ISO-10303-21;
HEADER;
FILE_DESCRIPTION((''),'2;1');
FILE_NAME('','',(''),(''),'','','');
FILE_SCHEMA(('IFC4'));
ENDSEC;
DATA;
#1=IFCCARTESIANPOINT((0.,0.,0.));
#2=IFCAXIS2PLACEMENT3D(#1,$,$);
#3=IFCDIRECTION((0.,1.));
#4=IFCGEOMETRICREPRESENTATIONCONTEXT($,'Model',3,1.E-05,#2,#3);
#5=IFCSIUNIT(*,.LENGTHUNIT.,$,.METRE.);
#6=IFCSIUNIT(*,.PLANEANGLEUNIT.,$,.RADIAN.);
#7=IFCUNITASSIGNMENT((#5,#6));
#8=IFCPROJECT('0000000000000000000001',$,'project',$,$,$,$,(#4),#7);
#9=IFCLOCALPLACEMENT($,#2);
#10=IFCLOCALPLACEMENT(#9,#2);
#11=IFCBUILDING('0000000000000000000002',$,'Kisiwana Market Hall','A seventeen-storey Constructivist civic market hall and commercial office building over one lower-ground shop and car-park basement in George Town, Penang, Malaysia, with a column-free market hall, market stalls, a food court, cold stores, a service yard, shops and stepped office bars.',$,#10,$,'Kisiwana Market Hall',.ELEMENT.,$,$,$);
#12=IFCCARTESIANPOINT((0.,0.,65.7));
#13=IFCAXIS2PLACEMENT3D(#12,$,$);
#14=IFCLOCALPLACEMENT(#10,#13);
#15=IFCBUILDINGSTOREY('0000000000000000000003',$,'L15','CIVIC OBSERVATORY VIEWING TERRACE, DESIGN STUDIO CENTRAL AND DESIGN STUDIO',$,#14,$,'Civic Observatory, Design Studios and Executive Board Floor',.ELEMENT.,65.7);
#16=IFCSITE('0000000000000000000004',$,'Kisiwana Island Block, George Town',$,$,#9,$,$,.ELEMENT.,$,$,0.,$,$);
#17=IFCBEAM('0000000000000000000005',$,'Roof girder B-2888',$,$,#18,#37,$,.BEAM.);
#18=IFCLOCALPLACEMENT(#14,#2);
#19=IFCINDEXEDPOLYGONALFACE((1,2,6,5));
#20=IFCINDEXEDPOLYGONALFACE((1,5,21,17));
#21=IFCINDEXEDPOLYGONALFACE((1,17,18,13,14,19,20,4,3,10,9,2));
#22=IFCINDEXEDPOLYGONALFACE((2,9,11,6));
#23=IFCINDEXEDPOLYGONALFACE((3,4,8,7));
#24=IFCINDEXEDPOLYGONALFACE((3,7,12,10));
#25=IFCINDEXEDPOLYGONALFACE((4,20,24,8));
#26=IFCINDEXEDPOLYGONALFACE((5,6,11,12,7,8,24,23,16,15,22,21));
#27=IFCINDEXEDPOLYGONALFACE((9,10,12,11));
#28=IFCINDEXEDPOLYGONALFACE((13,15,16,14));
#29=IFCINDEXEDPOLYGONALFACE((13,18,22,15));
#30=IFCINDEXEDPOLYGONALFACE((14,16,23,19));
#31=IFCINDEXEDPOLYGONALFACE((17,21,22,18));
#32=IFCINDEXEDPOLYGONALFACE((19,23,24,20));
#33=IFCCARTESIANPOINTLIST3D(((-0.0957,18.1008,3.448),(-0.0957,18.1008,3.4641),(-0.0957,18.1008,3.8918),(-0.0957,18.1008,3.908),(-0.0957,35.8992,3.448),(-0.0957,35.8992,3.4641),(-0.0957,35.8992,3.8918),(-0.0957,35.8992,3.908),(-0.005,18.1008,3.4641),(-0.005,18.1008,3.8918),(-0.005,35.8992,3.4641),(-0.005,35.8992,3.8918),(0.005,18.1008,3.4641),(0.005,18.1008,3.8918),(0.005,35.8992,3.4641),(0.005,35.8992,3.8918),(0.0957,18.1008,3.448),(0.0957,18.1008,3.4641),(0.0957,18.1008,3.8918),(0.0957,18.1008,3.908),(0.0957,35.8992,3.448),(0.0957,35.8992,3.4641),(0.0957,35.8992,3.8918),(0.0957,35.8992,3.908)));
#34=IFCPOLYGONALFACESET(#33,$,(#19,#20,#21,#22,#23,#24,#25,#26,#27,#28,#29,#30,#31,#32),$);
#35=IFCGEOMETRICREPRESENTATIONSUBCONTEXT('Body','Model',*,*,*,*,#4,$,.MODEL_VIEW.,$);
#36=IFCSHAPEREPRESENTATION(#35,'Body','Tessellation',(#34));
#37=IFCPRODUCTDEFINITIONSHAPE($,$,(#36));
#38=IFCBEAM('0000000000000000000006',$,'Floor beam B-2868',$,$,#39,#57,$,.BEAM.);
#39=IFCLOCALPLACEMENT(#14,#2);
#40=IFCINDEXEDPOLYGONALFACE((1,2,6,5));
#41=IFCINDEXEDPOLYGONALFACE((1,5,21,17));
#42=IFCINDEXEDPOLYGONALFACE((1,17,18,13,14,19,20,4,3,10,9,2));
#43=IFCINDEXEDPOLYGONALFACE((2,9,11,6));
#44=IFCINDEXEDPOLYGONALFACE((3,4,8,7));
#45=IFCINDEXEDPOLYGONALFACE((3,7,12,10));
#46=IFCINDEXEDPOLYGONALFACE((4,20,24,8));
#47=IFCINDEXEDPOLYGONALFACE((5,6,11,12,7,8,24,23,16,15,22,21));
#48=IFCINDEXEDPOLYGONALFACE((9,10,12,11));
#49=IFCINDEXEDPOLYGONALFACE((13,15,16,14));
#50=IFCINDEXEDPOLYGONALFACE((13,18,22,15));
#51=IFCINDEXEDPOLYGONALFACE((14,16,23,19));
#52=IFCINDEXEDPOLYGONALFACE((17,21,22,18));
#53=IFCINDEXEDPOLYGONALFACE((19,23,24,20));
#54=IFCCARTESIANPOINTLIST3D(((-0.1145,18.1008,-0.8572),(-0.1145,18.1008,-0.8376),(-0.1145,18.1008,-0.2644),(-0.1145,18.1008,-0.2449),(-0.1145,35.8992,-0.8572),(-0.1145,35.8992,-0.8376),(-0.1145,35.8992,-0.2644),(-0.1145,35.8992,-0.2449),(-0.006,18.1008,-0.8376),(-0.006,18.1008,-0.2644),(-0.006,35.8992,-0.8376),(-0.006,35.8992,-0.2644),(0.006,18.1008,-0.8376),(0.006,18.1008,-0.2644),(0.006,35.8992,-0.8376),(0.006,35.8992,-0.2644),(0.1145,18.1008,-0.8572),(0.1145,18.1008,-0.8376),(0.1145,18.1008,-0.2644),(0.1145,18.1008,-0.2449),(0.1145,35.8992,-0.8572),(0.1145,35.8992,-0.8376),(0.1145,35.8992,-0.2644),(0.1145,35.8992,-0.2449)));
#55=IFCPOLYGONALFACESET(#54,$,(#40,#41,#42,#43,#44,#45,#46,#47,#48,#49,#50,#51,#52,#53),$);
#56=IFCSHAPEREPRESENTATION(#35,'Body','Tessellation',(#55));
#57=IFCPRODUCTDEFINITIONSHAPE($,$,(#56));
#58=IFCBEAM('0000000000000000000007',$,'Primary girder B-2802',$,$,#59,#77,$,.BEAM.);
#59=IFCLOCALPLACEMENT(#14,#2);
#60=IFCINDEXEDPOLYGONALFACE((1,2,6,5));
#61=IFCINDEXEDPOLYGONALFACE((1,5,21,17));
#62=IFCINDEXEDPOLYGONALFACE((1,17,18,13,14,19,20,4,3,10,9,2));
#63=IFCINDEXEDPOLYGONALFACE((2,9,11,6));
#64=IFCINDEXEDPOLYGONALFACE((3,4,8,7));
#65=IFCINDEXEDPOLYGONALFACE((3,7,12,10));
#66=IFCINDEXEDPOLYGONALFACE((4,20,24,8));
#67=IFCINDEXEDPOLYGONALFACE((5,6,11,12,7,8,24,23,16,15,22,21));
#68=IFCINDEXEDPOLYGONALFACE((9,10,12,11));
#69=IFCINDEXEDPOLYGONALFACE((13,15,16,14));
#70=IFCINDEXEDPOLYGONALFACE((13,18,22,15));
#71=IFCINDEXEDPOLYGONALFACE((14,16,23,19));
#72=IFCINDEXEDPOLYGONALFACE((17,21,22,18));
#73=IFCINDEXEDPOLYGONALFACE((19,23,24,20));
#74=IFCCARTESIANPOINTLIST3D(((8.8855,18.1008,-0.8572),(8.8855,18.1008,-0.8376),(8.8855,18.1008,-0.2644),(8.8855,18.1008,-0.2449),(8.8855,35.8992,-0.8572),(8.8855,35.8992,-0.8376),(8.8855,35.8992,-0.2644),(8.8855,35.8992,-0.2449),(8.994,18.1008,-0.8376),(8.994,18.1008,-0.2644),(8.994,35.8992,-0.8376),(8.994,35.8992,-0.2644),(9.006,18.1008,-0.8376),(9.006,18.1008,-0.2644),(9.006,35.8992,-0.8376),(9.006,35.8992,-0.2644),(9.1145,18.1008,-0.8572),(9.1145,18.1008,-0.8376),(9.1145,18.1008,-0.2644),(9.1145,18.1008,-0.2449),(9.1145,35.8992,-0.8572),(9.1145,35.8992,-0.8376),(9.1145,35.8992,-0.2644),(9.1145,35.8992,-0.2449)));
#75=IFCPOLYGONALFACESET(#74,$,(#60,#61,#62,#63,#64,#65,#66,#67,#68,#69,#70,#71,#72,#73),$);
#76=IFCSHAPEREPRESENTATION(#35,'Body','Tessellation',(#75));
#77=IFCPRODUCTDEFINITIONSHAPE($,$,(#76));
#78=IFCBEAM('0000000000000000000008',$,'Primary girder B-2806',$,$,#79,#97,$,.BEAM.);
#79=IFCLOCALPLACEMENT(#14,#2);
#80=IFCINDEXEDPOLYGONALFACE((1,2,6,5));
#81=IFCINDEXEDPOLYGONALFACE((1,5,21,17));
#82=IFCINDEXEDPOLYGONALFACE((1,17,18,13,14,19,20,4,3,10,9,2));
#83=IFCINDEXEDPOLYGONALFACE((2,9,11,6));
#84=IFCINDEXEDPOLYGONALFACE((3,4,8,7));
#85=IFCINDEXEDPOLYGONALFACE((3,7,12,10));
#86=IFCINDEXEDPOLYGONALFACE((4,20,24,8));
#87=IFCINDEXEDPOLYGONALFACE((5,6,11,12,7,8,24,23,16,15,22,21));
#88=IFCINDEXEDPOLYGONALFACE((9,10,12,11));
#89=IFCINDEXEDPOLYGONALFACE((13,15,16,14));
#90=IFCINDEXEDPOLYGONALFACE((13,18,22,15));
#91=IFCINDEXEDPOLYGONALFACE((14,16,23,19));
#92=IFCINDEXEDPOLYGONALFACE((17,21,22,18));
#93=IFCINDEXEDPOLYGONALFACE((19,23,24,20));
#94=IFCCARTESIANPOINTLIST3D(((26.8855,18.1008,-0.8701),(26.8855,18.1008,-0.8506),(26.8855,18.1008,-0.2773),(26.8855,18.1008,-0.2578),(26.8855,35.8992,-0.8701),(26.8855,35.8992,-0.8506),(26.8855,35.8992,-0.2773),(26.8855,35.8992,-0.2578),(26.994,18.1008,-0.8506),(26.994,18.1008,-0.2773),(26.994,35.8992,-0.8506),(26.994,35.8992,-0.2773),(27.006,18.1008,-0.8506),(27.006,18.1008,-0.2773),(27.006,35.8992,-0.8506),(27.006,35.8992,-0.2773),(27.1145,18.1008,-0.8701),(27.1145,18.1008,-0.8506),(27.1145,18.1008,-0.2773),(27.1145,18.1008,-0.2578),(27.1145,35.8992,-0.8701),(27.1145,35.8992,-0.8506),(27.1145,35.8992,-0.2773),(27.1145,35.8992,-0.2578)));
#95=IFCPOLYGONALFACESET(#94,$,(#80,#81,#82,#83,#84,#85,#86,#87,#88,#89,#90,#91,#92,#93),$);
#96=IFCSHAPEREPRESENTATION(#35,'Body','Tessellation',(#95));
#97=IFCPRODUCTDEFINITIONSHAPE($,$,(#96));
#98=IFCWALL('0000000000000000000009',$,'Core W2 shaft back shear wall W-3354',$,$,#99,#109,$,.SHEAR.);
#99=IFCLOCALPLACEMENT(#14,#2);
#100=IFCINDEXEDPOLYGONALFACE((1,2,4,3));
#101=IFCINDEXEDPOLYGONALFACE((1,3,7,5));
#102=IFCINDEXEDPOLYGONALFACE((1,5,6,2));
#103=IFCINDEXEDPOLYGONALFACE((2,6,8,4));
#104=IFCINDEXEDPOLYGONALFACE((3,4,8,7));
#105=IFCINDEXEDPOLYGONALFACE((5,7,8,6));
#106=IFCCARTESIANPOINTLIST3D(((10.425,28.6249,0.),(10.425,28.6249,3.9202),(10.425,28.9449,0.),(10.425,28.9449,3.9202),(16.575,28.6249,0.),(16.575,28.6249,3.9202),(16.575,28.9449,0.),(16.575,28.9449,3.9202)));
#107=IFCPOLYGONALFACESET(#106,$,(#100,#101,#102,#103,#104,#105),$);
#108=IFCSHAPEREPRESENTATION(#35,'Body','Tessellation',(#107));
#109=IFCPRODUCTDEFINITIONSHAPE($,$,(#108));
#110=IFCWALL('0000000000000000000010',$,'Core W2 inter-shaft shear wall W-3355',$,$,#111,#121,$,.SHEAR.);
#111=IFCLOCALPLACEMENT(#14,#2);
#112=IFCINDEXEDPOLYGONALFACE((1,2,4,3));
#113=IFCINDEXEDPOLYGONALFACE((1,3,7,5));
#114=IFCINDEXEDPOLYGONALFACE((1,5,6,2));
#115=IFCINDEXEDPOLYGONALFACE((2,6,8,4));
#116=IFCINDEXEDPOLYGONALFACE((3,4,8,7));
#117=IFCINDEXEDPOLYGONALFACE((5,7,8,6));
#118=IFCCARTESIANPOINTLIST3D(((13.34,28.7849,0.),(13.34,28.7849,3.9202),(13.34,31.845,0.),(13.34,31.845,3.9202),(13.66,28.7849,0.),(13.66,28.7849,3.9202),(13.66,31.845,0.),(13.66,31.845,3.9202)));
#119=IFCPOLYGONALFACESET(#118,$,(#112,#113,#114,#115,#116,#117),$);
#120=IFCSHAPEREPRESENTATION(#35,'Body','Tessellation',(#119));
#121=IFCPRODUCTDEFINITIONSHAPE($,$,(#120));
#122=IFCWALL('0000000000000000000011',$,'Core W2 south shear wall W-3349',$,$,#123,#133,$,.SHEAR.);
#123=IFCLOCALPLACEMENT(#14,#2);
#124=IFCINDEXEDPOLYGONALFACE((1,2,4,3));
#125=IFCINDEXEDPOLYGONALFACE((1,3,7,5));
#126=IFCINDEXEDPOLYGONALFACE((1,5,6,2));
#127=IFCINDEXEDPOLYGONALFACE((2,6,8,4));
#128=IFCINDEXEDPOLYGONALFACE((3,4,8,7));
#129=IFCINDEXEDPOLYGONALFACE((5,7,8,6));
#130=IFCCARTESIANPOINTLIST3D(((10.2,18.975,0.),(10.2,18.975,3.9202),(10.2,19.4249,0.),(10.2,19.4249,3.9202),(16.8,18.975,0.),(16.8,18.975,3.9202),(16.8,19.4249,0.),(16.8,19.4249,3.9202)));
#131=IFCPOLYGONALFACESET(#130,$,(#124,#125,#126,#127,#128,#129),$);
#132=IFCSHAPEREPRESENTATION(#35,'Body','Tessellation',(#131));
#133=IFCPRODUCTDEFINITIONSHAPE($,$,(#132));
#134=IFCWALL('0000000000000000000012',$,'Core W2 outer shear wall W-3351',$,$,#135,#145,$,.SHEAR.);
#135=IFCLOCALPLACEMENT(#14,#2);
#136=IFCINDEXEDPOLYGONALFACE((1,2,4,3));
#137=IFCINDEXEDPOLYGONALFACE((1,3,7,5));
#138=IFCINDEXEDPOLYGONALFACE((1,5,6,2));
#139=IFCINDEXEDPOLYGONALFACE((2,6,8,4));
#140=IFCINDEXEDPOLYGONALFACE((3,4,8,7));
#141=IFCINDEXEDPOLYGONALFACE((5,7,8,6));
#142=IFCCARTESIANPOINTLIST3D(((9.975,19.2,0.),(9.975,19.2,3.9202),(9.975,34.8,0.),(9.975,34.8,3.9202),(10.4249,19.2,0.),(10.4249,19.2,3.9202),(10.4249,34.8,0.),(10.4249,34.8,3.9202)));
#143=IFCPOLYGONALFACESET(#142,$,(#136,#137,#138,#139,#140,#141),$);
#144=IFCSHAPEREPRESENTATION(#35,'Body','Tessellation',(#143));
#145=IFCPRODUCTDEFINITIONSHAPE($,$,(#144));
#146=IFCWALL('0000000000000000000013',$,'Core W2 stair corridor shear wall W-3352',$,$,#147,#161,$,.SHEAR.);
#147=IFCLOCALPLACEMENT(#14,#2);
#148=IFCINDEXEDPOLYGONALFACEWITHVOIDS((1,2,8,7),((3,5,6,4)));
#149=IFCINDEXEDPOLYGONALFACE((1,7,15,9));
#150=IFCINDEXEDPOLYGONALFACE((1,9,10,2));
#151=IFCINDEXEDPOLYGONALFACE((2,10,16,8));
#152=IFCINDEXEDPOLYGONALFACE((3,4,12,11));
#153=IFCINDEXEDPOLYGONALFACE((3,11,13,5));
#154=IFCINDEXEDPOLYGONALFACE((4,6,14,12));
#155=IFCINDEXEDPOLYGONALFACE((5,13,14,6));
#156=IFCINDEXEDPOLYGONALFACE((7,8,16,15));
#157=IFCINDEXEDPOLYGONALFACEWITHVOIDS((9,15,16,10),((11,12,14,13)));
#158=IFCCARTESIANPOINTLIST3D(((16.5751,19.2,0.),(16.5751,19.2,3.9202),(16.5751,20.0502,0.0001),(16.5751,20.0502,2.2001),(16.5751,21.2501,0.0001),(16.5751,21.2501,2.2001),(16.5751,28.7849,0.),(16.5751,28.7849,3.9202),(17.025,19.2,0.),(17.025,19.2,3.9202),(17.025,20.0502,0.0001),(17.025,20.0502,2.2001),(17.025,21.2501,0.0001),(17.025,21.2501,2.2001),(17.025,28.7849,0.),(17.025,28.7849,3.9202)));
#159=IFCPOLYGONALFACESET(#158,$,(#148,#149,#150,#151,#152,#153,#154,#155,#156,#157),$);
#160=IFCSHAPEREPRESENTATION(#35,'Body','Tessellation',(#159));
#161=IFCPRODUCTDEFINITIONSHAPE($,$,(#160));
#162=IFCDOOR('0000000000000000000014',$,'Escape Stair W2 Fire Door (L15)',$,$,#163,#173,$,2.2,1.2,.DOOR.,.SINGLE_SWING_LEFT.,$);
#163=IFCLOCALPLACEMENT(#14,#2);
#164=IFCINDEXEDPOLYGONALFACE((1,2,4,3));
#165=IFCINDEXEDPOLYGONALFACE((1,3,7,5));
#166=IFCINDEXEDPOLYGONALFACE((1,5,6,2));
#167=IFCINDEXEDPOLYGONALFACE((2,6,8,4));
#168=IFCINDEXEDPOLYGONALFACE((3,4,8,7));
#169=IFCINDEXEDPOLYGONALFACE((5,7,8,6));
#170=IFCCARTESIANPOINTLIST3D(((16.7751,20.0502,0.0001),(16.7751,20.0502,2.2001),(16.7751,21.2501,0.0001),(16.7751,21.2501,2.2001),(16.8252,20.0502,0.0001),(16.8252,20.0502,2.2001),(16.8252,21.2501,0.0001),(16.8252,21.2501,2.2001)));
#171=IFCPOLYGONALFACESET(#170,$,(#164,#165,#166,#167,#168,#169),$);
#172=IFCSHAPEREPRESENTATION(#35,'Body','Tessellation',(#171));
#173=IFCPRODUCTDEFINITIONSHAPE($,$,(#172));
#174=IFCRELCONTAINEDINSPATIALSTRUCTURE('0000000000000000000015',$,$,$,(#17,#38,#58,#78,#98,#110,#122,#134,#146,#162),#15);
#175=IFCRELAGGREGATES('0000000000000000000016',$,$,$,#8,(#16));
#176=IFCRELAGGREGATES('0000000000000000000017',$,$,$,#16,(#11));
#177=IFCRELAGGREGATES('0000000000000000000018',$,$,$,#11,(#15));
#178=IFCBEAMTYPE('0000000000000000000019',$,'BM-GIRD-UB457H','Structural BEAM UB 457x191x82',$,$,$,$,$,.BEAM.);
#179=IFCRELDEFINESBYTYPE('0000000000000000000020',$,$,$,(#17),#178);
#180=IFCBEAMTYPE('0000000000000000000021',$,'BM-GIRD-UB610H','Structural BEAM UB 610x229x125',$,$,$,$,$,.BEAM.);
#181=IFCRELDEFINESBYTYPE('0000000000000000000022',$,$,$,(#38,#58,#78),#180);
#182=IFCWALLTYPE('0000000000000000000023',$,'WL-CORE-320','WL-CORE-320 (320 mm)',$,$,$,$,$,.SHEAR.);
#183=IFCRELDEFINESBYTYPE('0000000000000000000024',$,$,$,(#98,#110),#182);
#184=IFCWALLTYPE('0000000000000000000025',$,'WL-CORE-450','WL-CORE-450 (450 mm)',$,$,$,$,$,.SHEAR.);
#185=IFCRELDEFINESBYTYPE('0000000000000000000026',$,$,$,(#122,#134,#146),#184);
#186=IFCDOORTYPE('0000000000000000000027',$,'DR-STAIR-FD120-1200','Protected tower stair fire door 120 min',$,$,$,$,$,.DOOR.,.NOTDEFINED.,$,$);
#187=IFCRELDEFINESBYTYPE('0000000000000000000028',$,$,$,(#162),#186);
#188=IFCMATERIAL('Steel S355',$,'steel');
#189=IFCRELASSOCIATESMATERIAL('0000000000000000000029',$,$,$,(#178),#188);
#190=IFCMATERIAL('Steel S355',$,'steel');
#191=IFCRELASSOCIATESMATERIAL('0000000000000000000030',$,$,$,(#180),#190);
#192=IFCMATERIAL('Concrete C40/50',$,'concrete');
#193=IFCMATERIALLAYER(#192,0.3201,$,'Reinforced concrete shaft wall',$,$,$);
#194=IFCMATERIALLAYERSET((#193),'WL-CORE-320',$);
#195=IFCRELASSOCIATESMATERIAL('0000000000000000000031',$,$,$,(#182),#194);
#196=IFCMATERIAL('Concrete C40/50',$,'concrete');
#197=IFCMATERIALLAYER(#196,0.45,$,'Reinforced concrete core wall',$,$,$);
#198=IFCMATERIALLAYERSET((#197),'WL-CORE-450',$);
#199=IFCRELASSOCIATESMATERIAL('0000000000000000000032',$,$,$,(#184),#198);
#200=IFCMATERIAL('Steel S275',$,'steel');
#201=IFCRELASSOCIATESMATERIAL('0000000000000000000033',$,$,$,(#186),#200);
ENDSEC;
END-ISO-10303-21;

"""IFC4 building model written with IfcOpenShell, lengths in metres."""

from ifc_helpers import new_model, si_unit, direction, frame, frame_2d, origin, origin_2d, place, context, subcontext, project, spatial, rectangle, i_section, extrude, material, layer, layer_set, material_profile, profile_set, type_object, element, fill, save


model = new_model("IFC4")

# Units and contexts
model_context = context("Model", 3, precision=1e-05, world=origin(), true_north=direction((0.0, 1.0)))
body_context = subcontext(model_context, "Body", "Model", "MODEL_VIEW")
ifc_project = project(units=[si_unit("LENGTHUNIT", "METRE"), si_unit("PLANEANGLEUNIT", "RADIAN")], contexts=[model_context])

# Site, building, storey
site_placement = place(None, origin())
site = spatial("IfcSite", under=ifc_project, at=site_placement, Name="Kisiwana Island Block, George Town", CompositionType="ELEMENT", RefElevation=0.0)
building_placement = place(site_placement, origin())
building = spatial("IfcBuilding", under=site, at=building_placement, Name="Kisiwana Market Hall", Description="A seventeen-storey Constructivist civic market hall and commercial office building over one lower-ground shop and car-park basement in George Town, Penang, Malaysia, with a column-free market hall, market stalls, a food court, cold stores, a service yard, shops and stepped office bars.", LongName="Kisiwana Market Hall", CompositionType="ELEMENT")
storey_placement = place(building_placement, frame((0.0, 0.0, 65.7)))
storey = spatial("IfcBuildingStorey", under=building, at=storey_placement, Name="L15", Description="CIVIC OBSERVATORY VIEWING TERRACE, DESIGN STUDIO CENTRAL AND DESIGN STUDIO", LongName="Civic Observatory, Design Studios and Executive Board Floor", CompositionType="ELEMENT", Elevation=65.7)

# Beams
ifc_material_1 = material(Name="Steel S355", Category="steel")
ifc_material_profile_1 = material_profile(ifc_material_1, i_section(OverallWidth=0.1914, OverallDepth=0.46, WebThickness=0.01, FlangeThickness=0.0161, at=origin_2d()), Name="UB 457x191x82")
ifc_profile_set_1 = profile_set([ifc_material_profile_1], Name="Steel S355")
beam_type_1 = type_object("IfcBeamType", Name="BM-GIRD-UB457H", Description="Structural BEAM UB 457x191x82", PredefinedType="BEAM", material=ifc_profile_set_1)
beam_placement = place(storey_placement, frame((0.0, 18.1008, 3.678), z_axis=(0.0, 1.0, 0.0), x_axis=(-1.0, 0.0, 0.0)))
element("IfcBeam", 1, at=beam_placement, inside=storey, type_object=beam_type_1, Name="Roof girder B-2888", PredefinedType="BEAM", context=body_context, shape_type="SweptSolid", body=[
    extrude(i_section(OverallWidth=0.1914, OverallDepth=0.46, WebThickness=0.01, FlangeThickness=0.0161, at=origin_2d()), origin(), (0.0, 0.0, 1.0), 17.7983),
])
ifc_material_2 = material(Name="Steel S355", Category="steel")
ifc_material_profile_2 = material_profile(ifc_material_2, i_section(OverallWidth=0.229, OverallDepth=0.6123, WebThickness=0.012, FlangeThickness=0.0195, at=origin_2d()), Name="UB 610x229x125")
ifc_profile_set_2 = profile_set([ifc_material_profile_2], Name="Steel S355")
beam_type_2 = type_object("IfcBeamType", Name="BM-GIRD-UB610H", Description="Structural BEAM UB 610x229x125", PredefinedType="BEAM", material=ifc_profile_set_2)
for number, where, z_axis, x_axis, name in (
    (2, (0.0, 18.1008, -0.551), (0.0, 1.0, 0.0), (-1.0, 0.0, 0.0), "Floor beam B-2868"),
    (3, (9.0, 18.1008, -0.551), (0.0, 1.0, 0.0), (-1.0, 0.0, 0.0), "Primary girder B-2802"),
    (4, (27.0, 18.1008, -0.564), (0.0, 1.0, 0.0), (-1.0, 0.0, 0.0), "Primary girder B-2806"),
):
    element("IfcBeam", number, at=place(storey_placement, frame(where, z_axis=z_axis, x_axis=x_axis)), inside=storey, type_object=beam_type_2, Name=name, PredefinedType="BEAM", context=body_context, shape_type="SweptSolid", body=[
        extrude(i_section(OverallWidth=0.229, OverallDepth=0.6123, WebThickness=0.012, FlangeThickness=0.0195, at=origin_2d()), origin(), (0.0, 0.0, 1.0), 17.7983),
    ])

# Walls
ifc_material_3 = material(Name="Concrete C40/50", Category="concrete")
ifc_layer_1 = layer(ifc_material_3, 0.3201, Name="Reinforced concrete shaft wall")
ifc_layer_set_1 = layer_set([ifc_layer_1], Name="WL-CORE-320")
wall_type_1 = type_object("IfcWallType", Name="WL-CORE-320", Description="WL-CORE-320 (320 mm)", PredefinedType="SHEAR", material=ifc_layer_set_1)
wall_1_placement = place(storey_placement, frame((10.425, 28.7849, 0.0), z_axis=(0.0, 0.0, 1.0), x_axis=(1.0, 0.0, 0.0)))
element("IfcWall", 5, at=wall_1_placement, inside=storey, type_object=wall_type_1, Name="Core W2 shaft back shear wall W-3354", PredefinedType="SHEAR", context=body_context, shape_type="SweptSolid", body=[
    extrude(rectangle(XDim=6.1499, YDim=0.3201, at=frame_2d((3.075, 0.0))), origin(), (0.0, 0.0, 1.0), 3.9202),
])
wall_2_placement = place(storey_placement, frame((13.5, 28.7849, 0.0), z_axis=(0.0, 0.0, 1.0), x_axis=(0.0, 1.0, 0.0)))
element("IfcWall", 6, at=wall_2_placement, inside=storey, type_object=wall_type_1, Name="Core W2 inter-shaft shear wall W-3355", PredefinedType="SHEAR", context=body_context, shape_type="SweptSolid", body=[
    extrude(rectangle(XDim=3.0601, YDim=0.3201, at=frame_2d((1.53, 0.0))), origin(), (0.0, 0.0, 1.0), 3.9202),
])
ifc_material_4 = material(Name="Concrete C40/50", Category="concrete")
ifc_layer_2 = layer(ifc_material_4, 0.45, Name="Reinforced concrete core wall")
ifc_layer_set_2 = layer_set([ifc_layer_2], Name="WL-CORE-450")
wall_type_2 = type_object("IfcWallType", Name="WL-CORE-450", Description="WL-CORE-450 (450 mm)", PredefinedType="SHEAR", material=ifc_layer_set_2)
wall_3_placement = place(storey_placement, frame((10.2, 19.2, 0.0), z_axis=(0.0, 0.0, 1.0), x_axis=(1.0, 0.0, 0.0)))
element("IfcWall", 7, at=wall_3_placement, inside=storey, type_object=wall_type_2, Name="Core W2 south shear wall W-3349", PredefinedType="SHEAR", context=body_context, shape_type="SweptSolid", body=[
    extrude(rectangle(XDim=6.6001, YDim=0.45, at=frame_2d((3.3, 0.0))), origin(), (0.0, 0.0, 1.0), 3.9202),
])
wall_4_placement = place(storey_placement, frame((10.2, 19.2, 0.0), z_axis=(0.0, 0.0, 1.0), x_axis=(0.0, 1.0, 0.0)))
element("IfcWall", 8, at=wall_4_placement, inside=storey, type_object=wall_type_2, Name="Core W2 outer shear wall W-3351", PredefinedType="SHEAR", context=body_context, shape_type="SweptSolid", body=[
    extrude(rectangle(XDim=15.6001, YDim=0.45, at=frame_2d((7.8, 0.0))), origin(), (0.0, 0.0, 1.0), 3.9202),
])

# Wall, opening, door
wall_5_placement = place(storey_placement, frame((16.8, 19.2, 0.0), z_axis=(0.0, 0.0, 1.0), x_axis=(0.0, 1.0, 0.0)))
wall_5 = element("IfcWall", 9, at=wall_5_placement, inside=storey, type_object=wall_type_2, Name="Core W2 stair corridor shear wall W-3352", PredefinedType="SHEAR", context=body_context, shape_type="SweptSolid", body=[
    extrude(rectangle(XDim=9.585, YDim=0.45, at=frame_2d((4.7925, 0.0))), origin(), (0.0, 0.0, 1.0), 3.9202),
])
opening_1_placement = place(wall_5_placement, frame((0.8501, 0.0, 0.0)))
opening_1 = element("IfcOpeningElement", 10, at=opening_1_placement, cuts=wall_5, PredefinedType="OPENING", context=body_context, shape_type="SweptSolid", body=[
    extrude(rectangle(XDim=1.2, YDim=2.2, at=frame_2d((0.6001, 1.1001))), frame((0.0, 0.2368, 0.0), z_axis=(0.0, -1.0, 0.0), x_axis=(1.0, 0.0, 0.0)), (0.0, 0.0, 1.0), 0.4739),
])
ifc_material_5 = material(Name="Steel S275", Category="steel")
door_type_1 = type_object("IfcDoorType", Name="DR-STAIR-FD120-1200", Description="Protected tower stair fire door 120 min", OperationType="NOTDEFINED", PredefinedType="DOOR", material=ifc_material_5)
door_1_placement = place(opening_1_placement, origin())
door_1 = element("IfcDoor", 11, at=door_1_placement, inside=storey, type_object=door_type_1, Name="Escape Stair W2 Fire Door (L15)", OperationType="SINGLE_SWING_LEFT", OverallHeight=2.2, OverallWidth=1.2, PredefinedType="DOOR", context=body_context, shape_type="SweptSolid", body=[
    extrude(rectangle(XDim=1.2, YDim=2.2, at=frame_2d((0.6001, 1.1001))), frame((0.0, 0.0249, 0.0), z_axis=(0.0, -1.0, 0.0), x_axis=(1.0, 0.0, 0.0)), (0.0, 0.0, 1.0), 0.05),
])
fill(opening_1, door_1)

save(model, "model.ifc")
